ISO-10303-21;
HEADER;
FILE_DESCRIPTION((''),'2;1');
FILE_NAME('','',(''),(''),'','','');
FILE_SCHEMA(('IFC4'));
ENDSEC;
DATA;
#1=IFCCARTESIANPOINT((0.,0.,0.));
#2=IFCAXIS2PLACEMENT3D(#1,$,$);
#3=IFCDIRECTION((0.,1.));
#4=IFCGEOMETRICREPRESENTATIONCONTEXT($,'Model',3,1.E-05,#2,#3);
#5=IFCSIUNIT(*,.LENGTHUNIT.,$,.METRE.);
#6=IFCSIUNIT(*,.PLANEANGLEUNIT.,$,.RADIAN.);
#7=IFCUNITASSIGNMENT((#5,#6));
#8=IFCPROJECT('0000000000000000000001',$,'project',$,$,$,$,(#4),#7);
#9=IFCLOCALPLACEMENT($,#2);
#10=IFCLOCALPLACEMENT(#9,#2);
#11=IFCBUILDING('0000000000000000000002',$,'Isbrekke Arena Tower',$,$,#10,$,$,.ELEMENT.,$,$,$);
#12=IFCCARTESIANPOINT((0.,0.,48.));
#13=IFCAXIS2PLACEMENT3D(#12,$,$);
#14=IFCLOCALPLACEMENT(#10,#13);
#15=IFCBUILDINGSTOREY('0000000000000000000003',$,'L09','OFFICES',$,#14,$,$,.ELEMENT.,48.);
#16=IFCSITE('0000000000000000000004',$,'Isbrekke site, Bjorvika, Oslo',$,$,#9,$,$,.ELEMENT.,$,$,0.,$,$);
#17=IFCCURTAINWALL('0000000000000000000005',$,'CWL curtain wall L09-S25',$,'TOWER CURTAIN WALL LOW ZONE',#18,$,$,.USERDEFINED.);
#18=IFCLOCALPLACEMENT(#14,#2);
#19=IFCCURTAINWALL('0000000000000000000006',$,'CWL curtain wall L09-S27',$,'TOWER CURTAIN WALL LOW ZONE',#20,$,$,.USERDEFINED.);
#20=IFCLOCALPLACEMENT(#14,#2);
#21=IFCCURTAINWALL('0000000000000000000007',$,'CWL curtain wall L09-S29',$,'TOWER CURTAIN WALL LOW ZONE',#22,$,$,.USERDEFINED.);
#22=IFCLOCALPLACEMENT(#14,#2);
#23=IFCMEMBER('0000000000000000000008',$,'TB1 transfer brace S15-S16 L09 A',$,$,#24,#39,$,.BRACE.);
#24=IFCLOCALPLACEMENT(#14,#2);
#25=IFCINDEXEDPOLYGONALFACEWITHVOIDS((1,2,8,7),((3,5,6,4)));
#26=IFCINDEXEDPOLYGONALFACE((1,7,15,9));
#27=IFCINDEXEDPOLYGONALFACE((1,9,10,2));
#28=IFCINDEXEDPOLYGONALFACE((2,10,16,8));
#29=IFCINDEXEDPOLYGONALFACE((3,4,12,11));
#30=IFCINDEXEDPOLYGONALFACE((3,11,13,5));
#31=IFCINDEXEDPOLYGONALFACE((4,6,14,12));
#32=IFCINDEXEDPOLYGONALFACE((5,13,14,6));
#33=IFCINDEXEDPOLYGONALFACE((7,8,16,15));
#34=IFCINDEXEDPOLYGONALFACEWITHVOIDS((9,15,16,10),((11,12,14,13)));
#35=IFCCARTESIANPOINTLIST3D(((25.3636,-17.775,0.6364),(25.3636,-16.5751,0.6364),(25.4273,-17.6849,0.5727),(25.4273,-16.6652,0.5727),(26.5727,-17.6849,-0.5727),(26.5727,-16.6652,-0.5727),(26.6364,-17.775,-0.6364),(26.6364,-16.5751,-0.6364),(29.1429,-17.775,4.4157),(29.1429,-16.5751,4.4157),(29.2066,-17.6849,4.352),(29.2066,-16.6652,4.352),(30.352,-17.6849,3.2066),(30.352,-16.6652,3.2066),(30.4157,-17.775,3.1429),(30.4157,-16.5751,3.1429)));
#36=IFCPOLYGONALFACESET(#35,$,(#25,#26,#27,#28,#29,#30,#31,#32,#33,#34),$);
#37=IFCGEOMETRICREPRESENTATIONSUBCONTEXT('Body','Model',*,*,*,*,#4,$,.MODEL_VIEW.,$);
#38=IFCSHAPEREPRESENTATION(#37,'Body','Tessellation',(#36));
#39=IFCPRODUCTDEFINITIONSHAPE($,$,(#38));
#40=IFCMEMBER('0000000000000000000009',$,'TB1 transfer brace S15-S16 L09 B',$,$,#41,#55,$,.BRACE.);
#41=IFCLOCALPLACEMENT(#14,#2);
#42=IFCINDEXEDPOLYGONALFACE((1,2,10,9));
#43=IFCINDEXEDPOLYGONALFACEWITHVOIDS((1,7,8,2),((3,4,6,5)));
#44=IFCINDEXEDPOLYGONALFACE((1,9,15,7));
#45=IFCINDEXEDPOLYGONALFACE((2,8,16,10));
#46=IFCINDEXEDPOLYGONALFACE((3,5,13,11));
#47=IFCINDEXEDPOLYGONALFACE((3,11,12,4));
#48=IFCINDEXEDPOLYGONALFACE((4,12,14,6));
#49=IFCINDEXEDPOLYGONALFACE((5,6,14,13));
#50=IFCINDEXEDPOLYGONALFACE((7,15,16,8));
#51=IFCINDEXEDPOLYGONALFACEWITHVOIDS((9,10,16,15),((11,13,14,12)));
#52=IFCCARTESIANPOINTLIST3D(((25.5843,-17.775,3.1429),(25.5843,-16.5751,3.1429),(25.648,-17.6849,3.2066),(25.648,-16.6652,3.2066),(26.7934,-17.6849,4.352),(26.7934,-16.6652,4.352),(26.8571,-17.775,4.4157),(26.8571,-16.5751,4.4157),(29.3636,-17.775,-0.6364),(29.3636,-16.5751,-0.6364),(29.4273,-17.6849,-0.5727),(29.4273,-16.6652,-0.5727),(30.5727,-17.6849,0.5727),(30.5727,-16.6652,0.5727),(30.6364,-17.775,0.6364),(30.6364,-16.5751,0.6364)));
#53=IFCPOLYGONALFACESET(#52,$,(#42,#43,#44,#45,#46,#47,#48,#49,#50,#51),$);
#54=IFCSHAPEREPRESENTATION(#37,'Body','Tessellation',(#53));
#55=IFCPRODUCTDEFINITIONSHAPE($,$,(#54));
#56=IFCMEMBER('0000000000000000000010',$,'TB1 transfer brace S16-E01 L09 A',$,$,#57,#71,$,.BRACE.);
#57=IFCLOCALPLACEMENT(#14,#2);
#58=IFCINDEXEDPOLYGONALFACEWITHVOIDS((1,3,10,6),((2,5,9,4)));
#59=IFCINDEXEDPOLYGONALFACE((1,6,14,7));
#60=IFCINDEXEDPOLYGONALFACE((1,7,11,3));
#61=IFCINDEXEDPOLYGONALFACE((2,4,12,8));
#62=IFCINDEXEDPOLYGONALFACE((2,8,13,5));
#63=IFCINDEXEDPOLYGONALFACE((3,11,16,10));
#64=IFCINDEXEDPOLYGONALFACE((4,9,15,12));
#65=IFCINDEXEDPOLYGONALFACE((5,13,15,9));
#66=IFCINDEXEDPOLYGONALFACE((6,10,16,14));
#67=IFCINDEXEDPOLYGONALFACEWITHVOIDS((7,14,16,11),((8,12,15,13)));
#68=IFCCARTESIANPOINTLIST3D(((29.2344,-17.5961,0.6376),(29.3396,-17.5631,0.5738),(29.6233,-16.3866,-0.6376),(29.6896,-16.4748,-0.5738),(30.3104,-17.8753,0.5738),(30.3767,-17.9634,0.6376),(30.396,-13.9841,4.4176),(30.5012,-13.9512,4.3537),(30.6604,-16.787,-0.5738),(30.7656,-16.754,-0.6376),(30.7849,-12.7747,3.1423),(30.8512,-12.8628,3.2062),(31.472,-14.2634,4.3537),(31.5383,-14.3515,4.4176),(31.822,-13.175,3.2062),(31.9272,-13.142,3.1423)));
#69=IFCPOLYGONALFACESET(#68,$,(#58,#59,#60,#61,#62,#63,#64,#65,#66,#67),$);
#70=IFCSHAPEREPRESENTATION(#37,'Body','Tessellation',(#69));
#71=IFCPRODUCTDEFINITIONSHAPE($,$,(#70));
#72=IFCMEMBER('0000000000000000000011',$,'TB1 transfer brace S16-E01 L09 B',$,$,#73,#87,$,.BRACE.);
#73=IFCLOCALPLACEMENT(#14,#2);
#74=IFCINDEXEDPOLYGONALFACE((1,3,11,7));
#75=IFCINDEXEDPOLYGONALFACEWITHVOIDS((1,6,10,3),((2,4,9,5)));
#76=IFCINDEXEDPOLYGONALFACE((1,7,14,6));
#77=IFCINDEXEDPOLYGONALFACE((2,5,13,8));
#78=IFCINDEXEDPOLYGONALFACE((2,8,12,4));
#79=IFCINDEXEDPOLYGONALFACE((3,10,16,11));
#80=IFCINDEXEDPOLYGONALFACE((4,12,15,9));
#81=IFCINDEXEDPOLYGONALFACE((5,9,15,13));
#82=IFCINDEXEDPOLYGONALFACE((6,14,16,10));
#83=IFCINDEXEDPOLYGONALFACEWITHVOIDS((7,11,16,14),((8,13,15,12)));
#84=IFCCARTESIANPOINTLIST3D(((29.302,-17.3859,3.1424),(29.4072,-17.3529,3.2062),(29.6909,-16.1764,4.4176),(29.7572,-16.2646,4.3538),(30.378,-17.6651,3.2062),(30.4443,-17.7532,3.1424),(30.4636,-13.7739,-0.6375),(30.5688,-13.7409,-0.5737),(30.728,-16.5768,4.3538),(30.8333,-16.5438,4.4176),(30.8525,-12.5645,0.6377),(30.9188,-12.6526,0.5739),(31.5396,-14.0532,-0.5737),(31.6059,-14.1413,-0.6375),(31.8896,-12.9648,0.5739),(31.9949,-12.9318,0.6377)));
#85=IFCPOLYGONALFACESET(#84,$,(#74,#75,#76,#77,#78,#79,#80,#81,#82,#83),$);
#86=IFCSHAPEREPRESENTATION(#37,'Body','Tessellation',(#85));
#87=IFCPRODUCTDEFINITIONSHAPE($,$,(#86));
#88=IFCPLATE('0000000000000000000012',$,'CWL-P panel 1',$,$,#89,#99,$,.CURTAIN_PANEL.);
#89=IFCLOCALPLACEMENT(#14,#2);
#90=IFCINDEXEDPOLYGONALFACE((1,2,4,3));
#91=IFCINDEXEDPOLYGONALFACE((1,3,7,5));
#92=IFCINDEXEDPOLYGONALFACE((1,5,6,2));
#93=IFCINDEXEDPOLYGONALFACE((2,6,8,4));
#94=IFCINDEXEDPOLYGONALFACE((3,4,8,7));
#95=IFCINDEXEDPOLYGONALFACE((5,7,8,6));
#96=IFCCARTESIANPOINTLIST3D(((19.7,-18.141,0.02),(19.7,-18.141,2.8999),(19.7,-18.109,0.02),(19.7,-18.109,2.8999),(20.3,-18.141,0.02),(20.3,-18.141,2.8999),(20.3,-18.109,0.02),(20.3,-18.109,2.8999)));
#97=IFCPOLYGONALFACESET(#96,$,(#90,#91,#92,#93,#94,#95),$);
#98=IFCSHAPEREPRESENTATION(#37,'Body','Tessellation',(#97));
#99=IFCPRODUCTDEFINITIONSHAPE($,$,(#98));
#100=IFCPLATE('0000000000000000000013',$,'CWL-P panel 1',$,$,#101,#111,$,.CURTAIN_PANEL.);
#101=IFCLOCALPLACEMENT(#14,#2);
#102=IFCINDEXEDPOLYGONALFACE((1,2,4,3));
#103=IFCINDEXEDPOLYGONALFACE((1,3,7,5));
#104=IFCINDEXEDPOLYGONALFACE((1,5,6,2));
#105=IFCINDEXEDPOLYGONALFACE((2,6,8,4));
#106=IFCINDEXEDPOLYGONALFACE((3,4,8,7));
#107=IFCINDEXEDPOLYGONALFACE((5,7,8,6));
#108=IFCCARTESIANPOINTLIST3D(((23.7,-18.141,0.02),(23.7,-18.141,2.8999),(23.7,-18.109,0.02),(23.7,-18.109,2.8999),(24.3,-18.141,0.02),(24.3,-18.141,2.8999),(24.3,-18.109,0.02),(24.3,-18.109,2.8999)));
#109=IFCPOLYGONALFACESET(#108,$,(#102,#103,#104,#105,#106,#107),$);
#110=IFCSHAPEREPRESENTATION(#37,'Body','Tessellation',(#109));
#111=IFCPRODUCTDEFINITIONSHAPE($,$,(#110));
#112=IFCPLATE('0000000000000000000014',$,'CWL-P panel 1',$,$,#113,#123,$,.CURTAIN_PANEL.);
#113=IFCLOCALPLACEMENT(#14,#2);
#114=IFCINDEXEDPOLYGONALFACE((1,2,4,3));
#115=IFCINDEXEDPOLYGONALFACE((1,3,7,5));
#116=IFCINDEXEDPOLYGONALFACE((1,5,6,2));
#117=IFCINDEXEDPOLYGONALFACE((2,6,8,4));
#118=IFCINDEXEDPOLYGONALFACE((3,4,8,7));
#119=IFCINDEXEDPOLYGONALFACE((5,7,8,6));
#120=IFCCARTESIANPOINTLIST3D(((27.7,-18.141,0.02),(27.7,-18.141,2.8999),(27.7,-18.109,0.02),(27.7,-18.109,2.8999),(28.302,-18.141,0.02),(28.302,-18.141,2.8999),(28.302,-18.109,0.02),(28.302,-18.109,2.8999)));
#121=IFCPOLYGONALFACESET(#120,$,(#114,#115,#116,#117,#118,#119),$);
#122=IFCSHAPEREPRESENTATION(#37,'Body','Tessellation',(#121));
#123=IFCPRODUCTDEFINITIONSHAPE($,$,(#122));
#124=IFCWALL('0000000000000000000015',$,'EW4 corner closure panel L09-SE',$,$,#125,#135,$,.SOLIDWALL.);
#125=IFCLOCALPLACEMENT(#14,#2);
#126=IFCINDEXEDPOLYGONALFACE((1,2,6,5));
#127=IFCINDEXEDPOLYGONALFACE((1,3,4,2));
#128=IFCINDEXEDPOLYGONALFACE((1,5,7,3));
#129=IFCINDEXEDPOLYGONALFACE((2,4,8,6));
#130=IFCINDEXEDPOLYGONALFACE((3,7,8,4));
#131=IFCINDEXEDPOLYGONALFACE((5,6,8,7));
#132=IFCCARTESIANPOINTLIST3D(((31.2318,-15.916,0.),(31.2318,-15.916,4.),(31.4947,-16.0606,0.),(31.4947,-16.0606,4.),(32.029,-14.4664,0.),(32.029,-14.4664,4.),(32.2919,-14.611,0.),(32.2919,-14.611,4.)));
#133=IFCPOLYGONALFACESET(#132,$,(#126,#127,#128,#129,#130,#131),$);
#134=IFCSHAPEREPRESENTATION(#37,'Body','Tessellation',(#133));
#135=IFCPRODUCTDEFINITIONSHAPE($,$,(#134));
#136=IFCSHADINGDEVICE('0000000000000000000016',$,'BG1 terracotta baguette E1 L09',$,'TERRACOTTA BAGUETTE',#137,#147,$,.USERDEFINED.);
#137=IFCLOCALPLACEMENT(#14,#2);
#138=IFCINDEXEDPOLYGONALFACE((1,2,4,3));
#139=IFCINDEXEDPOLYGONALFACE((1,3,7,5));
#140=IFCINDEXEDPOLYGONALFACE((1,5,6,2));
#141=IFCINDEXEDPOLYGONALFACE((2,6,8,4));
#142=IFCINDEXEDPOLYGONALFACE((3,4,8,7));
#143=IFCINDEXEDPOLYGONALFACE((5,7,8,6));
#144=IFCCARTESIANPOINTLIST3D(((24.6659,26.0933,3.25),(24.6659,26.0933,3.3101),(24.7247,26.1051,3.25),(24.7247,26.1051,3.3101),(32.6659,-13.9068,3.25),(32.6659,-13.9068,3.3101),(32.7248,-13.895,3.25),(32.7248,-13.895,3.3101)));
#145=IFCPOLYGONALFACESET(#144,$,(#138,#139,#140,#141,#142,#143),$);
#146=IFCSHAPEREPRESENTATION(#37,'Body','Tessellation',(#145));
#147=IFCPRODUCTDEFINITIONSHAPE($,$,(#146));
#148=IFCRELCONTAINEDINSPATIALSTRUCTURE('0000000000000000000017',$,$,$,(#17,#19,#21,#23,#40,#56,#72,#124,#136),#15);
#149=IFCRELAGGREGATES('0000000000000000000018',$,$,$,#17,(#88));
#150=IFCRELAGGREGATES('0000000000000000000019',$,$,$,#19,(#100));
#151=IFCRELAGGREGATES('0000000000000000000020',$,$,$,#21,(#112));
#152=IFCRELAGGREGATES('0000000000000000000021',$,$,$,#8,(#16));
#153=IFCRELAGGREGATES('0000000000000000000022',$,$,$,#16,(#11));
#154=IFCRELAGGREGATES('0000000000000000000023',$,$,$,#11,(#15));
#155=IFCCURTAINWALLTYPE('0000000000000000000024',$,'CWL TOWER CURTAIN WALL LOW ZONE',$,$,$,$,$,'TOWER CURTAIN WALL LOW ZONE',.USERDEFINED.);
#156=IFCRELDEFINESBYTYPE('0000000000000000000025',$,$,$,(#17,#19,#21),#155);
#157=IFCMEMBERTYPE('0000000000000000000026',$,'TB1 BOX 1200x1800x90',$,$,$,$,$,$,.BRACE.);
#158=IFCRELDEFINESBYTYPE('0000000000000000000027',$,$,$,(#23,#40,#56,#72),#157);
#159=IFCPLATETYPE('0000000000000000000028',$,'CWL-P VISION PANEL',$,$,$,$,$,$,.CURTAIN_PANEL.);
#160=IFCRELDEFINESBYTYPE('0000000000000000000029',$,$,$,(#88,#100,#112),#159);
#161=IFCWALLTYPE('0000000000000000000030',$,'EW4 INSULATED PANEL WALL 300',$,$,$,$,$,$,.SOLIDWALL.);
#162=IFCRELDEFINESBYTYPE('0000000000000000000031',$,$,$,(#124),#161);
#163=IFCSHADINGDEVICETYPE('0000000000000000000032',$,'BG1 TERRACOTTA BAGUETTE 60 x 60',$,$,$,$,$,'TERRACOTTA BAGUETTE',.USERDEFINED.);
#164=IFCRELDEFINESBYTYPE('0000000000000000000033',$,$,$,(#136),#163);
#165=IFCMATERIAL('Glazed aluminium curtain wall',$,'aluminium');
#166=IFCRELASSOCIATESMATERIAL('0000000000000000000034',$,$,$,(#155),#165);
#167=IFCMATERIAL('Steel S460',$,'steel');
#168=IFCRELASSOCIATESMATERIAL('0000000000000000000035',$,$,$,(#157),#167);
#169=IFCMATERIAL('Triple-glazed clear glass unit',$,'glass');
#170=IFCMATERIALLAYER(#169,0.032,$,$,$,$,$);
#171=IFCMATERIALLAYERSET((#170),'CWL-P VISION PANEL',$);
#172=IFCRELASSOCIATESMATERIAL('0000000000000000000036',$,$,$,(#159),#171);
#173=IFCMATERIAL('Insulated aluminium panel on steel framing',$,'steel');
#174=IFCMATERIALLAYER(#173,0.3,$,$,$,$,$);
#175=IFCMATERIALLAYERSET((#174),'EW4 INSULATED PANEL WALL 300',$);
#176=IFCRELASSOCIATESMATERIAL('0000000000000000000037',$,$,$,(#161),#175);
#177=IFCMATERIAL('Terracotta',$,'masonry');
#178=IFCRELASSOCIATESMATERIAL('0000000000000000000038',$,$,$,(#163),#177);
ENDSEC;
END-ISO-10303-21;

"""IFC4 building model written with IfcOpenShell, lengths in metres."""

from ifc_helpers import new_model, si_unit, direction, frame, frame_2d, origin, origin_2d, place, context, subcontext, project, spatial, rectangle, hollow_rectangle, extrude, material, layer, layer_set, material_profile, profile_set, type_object, element, aggregate, save


model = new_model("IFC4")

# Units and contexts
model_context = context("Model", 3, precision=1e-05, world=origin(), true_north=direction((0.0, 1.0)))
body_context = subcontext(model_context, "Body", "Model", "MODEL_VIEW")
ifc_project = project(units=[si_unit("LENGTHUNIT", "METRE"), si_unit("PLANEANGLEUNIT", "RADIAN")], contexts=[model_context])

# Site, building, storey
site_placement = place(None, origin())
site = spatial("IfcSite", under=ifc_project, at=site_placement, Name="Isbrekke site, Bjorvika, Oslo", CompositionType="ELEMENT", RefElevation=0.0)
building_placement = place(site_placement, origin())
building = spatial("IfcBuilding", under=site, at=building_placement, Name="Isbrekke Arena Tower", CompositionType="ELEMENT")
storey_placement = place(building_placement, frame((0.0, 0.0, 48.0)))
storey = spatial("IfcBuildingStorey", under=building, at=storey_placement, Name="L09", Description="OFFICES", CompositionType="ELEMENT", Elevation=48.0)

# Curtain walls
ifc_material_1 = material(Name="Glazed aluminium curtain wall", Category="aluminium")
curtain_wall_type = type_object("IfcCurtainWallType", Name="CWL TOWER CURTAIN WALL LOW ZONE", ElementType="TOWER CURTAIN WALL LOW ZONE", PredefinedType="USERDEFINED", material=ifc_material_1)
curtain_wall_1_placement = place(storey_placement, origin())
curtain_wall_1 = element("IfcCurtainWall", 1, at=curtain_wall_1_placement, inside=storey, type_object=curtain_wall_type, Name="CWL curtain wall L09-S25", ObjectType="TOWER CURTAIN WALL LOW ZONE", PredefinedType="USERDEFINED")
curtain_wall_2_placement = place(storey_placement, origin())
curtain_wall_2 = element("IfcCurtainWall", 2, at=curtain_wall_2_placement, inside=storey, type_object=curtain_wall_type, Name="CWL curtain wall L09-S27", ObjectType="TOWER CURTAIN WALL LOW ZONE", PredefinedType="USERDEFINED")
curtain_wall_3_placement = place(storey_placement, origin())
curtain_wall_3 = element("IfcCurtainWall", 3, at=curtain_wall_3_placement, inside=storey, type_object=curtain_wall_type, Name="CWL curtain wall L09-S29", ObjectType="TOWER CURTAIN WALL LOW ZONE", PredefinedType="USERDEFINED")

# Members
ifc_material_2 = material(Name="Steel S460", Category="steel")
ifc_material_profile_1 = material_profile(ifc_material_2, hollow_rectangle(XDim=1.2, YDim=1.8, WallThickness=0.0901, at=origin_2d()), Name="BOX 1200x1800x90")
ifc_profile_set_1 = profile_set([ifc_material_profile_1], Name="Steel S460")
member_type_1 = type_object("IfcMemberType", Name="TB1 BOX 1200x1800x90", PredefinedType="BRACE", material=ifc_profile_set_1)
for number, where, z_axis, x_axis, name in (
    (4, (26.0, -17.175, 0.0), (0.707107, 0.0, 0.707107), (0.0, 1.0, 0.0), "TB1 transfer brace S15-S16 L09 A"),
    (5, (26.2207, -17.175, 3.7793), (0.707107, 0.0, -0.707107), (0.0, 1.0, 0.0), "TB1 transfer brace S15-S16 L09 B"),
):
    element("IfcMember", number, at=place(storey_placement, frame(where, z_axis=z_axis, x_axis=x_axis)), inside=storey, type_object=member_type_1, Name=name, PredefinedType="BRACE", context=body_context, shape_type="SweptSolid", body=[
        extrude(hollow_rectangle(XDim=1.2, YDim=1.8, WallThickness=0.0901, at=origin_2d()), origin(), (0.0, 0.0, 1.0), 5.3447),
    ])
for number, where, z_axis, x_axis, name in (
    (6, (30.0, -17.175, 0.0), (0.216889, 0.674416, 0.705778), (-0.951982, 0.306153, 0.0), "TB1 transfer brace S16-E01 L09 A"),
    (7, (30.0676, -16.9648, 3.78), (0.216889, 0.674416, -0.705778), (-0.951982, 0.306153, 0.0), "TB1 transfer brace S16-E01 L09 B"),
):
    element("IfcMember", number, at=place(storey_placement, frame(where, z_axis=z_axis, x_axis=x_axis)), inside=storey, type_object=member_type_1, Name=name, PredefinedType="BRACE", context=body_context, shape_type="SweptSolid", body=[
        extrude(hollow_rectangle(XDim=1.2, YDim=1.8, WallThickness=0.0901, at=origin_2d()), origin(), (0.0, 0.0, 1.0), 5.3557),
    ])

# Plates
ifc_material_3 = material(Name="Triple-glazed clear glass unit", Category="glass")
ifc_layer_1 = layer(ifc_material_3, 0.032)
ifc_layer_set_1 = layer_set([ifc_layer_1], Name="CWL-P VISION PANEL")
plate_type = type_object("IfcPlateType", Name="CWL-P VISION PANEL", PredefinedType="CURTAIN_PANEL", material=ifc_layer_set_1)
plate_1_placement = place(storey_placement, frame((20.0, -18.125, 0.02), z_axis=(0.0, 0.0, 1.0), x_axis=(1.0, 0.0, 0.0)))
plate_1 = element("IfcPlate", 8, at=plate_1_placement, type_object=plate_type, Name="CWL-P panel 1", PredefinedType="CURTAIN_PANEL", context=body_context, shape_type="SweptSolid", body=[
    extrude(rectangle(XDim=0.6001, YDim=0.032, at=origin_2d()), origin(), (0.0, 0.0, 1.0), 2.8799),
])
aggregate(curtain_wall_1, [plate_1])
plate_2_placement = place(storey_placement, frame((24.0, -18.125, 0.02), z_axis=(0.0, 0.0, 1.0), x_axis=(1.0, 0.0, 0.0)))
plate_2 = element("IfcPlate", 9, at=plate_2_placement, type_object=plate_type, Name="CWL-P panel 1", PredefinedType="CURTAIN_PANEL", context=body_context, shape_type="SweptSolid", body=[
    extrude(rectangle(XDim=0.6001, YDim=0.032, at=origin_2d()), origin(), (0.0, 0.0, 1.0), 2.8799),
])
aggregate(curtain_wall_2, [plate_2])
plate_3_placement = place(storey_placement, frame((28.001, -18.125, 0.02), z_axis=(0.0, 0.0, 1.0), x_axis=(1.0, 0.0, 0.0)))
plate_3 = element("IfcPlate", 10, at=plate_3_placement, type_object=plate_type, Name="CWL-P panel 1", PredefinedType="CURTAIN_PANEL", context=body_context, shape_type="SweptSolid", body=[
    extrude(rectangle(XDim=0.6021, YDim=0.032, at=origin_2d()), origin(), (0.0, 0.0, 1.0), 2.8799),
])
aggregate(curtain_wall_3, [plate_3])

# Wall
ifc_material_4 = material(Name="Insulated aluminium panel on steel framing", Category="steel")
ifc_layer_2 = layer(ifc_material_4, 0.3)
ifc_layer_set_2 = layer_set([ifc_layer_2], Name="EW4 INSULATED PANEL WALL 300")
wall_type = type_object("IfcWallType", Name="EW4 INSULATED PANEL WALL 300", PredefinedType="SOLIDWALL", material=ifc_layer_set_2)
wall_placement = place(storey_placement, frame((31.3633, -15.9883, 0.0), z_axis=(0.0, 0.0, 1.0), x_axis=(0.481879, 0.876238, 0.0)))
element("IfcWall", 11, at=wall_placement, inside=storey, type_object=wall_type, Name="EW4 corner closure panel L09-SE", PredefinedType="SOLIDWALL", context=body_context, shape_type="SweptSolid", body=[
    extrude(rectangle(XDim=1.6543, YDim=0.3, at=frame_2d((0.8271, 0.0))), origin(), (0.0, 0.0, 1.0), 4.0),
])

# Shading device
ifc_material_5 = material(Name="Terracotta", Category="masonry")
ifc_material_profile_2 = material_profile(ifc_material_5, rectangle(XDim=0.0601, YDim=0.0601, at=origin_2d()), Name="BAGUETTE 60X60")
ifc_profile_set_2 = profile_set([ifc_material_profile_2], Name="Terracotta")
shading_device_type = type_object("IfcShadingDeviceType", Name="BG1 TERRACOTTA BAGUETTE 60 x 60", ElementType="TERRACOTTA BAGUETTE", PredefinedType="USERDEFINED", material=ifc_profile_set_2)
shading_device_placement = place(storey_placement, frame((32.6953, -13.9009, 3.28), z_axis=(-0.196116, 0.980581, 0.0), x_axis=(-0.980581, -0.196116, 0.0)))
element("IfcShadingDevice", 12, at=shading_device_placement, inside=storey, type_object=shading_device_type, Name="BG1 terracotta baguette E1 L09", ObjectType="TERRACOTTA BAGUETTE", PredefinedType="USERDEFINED", context=body_context, shape_type="SweptSolid", body=[
    extrude(rectangle(XDim=0.0601, YDim=0.0601, at=origin_2d()), origin(), (0.0, 0.0, 1.0), 40.7922),
])

save(model, "model.ifc")
